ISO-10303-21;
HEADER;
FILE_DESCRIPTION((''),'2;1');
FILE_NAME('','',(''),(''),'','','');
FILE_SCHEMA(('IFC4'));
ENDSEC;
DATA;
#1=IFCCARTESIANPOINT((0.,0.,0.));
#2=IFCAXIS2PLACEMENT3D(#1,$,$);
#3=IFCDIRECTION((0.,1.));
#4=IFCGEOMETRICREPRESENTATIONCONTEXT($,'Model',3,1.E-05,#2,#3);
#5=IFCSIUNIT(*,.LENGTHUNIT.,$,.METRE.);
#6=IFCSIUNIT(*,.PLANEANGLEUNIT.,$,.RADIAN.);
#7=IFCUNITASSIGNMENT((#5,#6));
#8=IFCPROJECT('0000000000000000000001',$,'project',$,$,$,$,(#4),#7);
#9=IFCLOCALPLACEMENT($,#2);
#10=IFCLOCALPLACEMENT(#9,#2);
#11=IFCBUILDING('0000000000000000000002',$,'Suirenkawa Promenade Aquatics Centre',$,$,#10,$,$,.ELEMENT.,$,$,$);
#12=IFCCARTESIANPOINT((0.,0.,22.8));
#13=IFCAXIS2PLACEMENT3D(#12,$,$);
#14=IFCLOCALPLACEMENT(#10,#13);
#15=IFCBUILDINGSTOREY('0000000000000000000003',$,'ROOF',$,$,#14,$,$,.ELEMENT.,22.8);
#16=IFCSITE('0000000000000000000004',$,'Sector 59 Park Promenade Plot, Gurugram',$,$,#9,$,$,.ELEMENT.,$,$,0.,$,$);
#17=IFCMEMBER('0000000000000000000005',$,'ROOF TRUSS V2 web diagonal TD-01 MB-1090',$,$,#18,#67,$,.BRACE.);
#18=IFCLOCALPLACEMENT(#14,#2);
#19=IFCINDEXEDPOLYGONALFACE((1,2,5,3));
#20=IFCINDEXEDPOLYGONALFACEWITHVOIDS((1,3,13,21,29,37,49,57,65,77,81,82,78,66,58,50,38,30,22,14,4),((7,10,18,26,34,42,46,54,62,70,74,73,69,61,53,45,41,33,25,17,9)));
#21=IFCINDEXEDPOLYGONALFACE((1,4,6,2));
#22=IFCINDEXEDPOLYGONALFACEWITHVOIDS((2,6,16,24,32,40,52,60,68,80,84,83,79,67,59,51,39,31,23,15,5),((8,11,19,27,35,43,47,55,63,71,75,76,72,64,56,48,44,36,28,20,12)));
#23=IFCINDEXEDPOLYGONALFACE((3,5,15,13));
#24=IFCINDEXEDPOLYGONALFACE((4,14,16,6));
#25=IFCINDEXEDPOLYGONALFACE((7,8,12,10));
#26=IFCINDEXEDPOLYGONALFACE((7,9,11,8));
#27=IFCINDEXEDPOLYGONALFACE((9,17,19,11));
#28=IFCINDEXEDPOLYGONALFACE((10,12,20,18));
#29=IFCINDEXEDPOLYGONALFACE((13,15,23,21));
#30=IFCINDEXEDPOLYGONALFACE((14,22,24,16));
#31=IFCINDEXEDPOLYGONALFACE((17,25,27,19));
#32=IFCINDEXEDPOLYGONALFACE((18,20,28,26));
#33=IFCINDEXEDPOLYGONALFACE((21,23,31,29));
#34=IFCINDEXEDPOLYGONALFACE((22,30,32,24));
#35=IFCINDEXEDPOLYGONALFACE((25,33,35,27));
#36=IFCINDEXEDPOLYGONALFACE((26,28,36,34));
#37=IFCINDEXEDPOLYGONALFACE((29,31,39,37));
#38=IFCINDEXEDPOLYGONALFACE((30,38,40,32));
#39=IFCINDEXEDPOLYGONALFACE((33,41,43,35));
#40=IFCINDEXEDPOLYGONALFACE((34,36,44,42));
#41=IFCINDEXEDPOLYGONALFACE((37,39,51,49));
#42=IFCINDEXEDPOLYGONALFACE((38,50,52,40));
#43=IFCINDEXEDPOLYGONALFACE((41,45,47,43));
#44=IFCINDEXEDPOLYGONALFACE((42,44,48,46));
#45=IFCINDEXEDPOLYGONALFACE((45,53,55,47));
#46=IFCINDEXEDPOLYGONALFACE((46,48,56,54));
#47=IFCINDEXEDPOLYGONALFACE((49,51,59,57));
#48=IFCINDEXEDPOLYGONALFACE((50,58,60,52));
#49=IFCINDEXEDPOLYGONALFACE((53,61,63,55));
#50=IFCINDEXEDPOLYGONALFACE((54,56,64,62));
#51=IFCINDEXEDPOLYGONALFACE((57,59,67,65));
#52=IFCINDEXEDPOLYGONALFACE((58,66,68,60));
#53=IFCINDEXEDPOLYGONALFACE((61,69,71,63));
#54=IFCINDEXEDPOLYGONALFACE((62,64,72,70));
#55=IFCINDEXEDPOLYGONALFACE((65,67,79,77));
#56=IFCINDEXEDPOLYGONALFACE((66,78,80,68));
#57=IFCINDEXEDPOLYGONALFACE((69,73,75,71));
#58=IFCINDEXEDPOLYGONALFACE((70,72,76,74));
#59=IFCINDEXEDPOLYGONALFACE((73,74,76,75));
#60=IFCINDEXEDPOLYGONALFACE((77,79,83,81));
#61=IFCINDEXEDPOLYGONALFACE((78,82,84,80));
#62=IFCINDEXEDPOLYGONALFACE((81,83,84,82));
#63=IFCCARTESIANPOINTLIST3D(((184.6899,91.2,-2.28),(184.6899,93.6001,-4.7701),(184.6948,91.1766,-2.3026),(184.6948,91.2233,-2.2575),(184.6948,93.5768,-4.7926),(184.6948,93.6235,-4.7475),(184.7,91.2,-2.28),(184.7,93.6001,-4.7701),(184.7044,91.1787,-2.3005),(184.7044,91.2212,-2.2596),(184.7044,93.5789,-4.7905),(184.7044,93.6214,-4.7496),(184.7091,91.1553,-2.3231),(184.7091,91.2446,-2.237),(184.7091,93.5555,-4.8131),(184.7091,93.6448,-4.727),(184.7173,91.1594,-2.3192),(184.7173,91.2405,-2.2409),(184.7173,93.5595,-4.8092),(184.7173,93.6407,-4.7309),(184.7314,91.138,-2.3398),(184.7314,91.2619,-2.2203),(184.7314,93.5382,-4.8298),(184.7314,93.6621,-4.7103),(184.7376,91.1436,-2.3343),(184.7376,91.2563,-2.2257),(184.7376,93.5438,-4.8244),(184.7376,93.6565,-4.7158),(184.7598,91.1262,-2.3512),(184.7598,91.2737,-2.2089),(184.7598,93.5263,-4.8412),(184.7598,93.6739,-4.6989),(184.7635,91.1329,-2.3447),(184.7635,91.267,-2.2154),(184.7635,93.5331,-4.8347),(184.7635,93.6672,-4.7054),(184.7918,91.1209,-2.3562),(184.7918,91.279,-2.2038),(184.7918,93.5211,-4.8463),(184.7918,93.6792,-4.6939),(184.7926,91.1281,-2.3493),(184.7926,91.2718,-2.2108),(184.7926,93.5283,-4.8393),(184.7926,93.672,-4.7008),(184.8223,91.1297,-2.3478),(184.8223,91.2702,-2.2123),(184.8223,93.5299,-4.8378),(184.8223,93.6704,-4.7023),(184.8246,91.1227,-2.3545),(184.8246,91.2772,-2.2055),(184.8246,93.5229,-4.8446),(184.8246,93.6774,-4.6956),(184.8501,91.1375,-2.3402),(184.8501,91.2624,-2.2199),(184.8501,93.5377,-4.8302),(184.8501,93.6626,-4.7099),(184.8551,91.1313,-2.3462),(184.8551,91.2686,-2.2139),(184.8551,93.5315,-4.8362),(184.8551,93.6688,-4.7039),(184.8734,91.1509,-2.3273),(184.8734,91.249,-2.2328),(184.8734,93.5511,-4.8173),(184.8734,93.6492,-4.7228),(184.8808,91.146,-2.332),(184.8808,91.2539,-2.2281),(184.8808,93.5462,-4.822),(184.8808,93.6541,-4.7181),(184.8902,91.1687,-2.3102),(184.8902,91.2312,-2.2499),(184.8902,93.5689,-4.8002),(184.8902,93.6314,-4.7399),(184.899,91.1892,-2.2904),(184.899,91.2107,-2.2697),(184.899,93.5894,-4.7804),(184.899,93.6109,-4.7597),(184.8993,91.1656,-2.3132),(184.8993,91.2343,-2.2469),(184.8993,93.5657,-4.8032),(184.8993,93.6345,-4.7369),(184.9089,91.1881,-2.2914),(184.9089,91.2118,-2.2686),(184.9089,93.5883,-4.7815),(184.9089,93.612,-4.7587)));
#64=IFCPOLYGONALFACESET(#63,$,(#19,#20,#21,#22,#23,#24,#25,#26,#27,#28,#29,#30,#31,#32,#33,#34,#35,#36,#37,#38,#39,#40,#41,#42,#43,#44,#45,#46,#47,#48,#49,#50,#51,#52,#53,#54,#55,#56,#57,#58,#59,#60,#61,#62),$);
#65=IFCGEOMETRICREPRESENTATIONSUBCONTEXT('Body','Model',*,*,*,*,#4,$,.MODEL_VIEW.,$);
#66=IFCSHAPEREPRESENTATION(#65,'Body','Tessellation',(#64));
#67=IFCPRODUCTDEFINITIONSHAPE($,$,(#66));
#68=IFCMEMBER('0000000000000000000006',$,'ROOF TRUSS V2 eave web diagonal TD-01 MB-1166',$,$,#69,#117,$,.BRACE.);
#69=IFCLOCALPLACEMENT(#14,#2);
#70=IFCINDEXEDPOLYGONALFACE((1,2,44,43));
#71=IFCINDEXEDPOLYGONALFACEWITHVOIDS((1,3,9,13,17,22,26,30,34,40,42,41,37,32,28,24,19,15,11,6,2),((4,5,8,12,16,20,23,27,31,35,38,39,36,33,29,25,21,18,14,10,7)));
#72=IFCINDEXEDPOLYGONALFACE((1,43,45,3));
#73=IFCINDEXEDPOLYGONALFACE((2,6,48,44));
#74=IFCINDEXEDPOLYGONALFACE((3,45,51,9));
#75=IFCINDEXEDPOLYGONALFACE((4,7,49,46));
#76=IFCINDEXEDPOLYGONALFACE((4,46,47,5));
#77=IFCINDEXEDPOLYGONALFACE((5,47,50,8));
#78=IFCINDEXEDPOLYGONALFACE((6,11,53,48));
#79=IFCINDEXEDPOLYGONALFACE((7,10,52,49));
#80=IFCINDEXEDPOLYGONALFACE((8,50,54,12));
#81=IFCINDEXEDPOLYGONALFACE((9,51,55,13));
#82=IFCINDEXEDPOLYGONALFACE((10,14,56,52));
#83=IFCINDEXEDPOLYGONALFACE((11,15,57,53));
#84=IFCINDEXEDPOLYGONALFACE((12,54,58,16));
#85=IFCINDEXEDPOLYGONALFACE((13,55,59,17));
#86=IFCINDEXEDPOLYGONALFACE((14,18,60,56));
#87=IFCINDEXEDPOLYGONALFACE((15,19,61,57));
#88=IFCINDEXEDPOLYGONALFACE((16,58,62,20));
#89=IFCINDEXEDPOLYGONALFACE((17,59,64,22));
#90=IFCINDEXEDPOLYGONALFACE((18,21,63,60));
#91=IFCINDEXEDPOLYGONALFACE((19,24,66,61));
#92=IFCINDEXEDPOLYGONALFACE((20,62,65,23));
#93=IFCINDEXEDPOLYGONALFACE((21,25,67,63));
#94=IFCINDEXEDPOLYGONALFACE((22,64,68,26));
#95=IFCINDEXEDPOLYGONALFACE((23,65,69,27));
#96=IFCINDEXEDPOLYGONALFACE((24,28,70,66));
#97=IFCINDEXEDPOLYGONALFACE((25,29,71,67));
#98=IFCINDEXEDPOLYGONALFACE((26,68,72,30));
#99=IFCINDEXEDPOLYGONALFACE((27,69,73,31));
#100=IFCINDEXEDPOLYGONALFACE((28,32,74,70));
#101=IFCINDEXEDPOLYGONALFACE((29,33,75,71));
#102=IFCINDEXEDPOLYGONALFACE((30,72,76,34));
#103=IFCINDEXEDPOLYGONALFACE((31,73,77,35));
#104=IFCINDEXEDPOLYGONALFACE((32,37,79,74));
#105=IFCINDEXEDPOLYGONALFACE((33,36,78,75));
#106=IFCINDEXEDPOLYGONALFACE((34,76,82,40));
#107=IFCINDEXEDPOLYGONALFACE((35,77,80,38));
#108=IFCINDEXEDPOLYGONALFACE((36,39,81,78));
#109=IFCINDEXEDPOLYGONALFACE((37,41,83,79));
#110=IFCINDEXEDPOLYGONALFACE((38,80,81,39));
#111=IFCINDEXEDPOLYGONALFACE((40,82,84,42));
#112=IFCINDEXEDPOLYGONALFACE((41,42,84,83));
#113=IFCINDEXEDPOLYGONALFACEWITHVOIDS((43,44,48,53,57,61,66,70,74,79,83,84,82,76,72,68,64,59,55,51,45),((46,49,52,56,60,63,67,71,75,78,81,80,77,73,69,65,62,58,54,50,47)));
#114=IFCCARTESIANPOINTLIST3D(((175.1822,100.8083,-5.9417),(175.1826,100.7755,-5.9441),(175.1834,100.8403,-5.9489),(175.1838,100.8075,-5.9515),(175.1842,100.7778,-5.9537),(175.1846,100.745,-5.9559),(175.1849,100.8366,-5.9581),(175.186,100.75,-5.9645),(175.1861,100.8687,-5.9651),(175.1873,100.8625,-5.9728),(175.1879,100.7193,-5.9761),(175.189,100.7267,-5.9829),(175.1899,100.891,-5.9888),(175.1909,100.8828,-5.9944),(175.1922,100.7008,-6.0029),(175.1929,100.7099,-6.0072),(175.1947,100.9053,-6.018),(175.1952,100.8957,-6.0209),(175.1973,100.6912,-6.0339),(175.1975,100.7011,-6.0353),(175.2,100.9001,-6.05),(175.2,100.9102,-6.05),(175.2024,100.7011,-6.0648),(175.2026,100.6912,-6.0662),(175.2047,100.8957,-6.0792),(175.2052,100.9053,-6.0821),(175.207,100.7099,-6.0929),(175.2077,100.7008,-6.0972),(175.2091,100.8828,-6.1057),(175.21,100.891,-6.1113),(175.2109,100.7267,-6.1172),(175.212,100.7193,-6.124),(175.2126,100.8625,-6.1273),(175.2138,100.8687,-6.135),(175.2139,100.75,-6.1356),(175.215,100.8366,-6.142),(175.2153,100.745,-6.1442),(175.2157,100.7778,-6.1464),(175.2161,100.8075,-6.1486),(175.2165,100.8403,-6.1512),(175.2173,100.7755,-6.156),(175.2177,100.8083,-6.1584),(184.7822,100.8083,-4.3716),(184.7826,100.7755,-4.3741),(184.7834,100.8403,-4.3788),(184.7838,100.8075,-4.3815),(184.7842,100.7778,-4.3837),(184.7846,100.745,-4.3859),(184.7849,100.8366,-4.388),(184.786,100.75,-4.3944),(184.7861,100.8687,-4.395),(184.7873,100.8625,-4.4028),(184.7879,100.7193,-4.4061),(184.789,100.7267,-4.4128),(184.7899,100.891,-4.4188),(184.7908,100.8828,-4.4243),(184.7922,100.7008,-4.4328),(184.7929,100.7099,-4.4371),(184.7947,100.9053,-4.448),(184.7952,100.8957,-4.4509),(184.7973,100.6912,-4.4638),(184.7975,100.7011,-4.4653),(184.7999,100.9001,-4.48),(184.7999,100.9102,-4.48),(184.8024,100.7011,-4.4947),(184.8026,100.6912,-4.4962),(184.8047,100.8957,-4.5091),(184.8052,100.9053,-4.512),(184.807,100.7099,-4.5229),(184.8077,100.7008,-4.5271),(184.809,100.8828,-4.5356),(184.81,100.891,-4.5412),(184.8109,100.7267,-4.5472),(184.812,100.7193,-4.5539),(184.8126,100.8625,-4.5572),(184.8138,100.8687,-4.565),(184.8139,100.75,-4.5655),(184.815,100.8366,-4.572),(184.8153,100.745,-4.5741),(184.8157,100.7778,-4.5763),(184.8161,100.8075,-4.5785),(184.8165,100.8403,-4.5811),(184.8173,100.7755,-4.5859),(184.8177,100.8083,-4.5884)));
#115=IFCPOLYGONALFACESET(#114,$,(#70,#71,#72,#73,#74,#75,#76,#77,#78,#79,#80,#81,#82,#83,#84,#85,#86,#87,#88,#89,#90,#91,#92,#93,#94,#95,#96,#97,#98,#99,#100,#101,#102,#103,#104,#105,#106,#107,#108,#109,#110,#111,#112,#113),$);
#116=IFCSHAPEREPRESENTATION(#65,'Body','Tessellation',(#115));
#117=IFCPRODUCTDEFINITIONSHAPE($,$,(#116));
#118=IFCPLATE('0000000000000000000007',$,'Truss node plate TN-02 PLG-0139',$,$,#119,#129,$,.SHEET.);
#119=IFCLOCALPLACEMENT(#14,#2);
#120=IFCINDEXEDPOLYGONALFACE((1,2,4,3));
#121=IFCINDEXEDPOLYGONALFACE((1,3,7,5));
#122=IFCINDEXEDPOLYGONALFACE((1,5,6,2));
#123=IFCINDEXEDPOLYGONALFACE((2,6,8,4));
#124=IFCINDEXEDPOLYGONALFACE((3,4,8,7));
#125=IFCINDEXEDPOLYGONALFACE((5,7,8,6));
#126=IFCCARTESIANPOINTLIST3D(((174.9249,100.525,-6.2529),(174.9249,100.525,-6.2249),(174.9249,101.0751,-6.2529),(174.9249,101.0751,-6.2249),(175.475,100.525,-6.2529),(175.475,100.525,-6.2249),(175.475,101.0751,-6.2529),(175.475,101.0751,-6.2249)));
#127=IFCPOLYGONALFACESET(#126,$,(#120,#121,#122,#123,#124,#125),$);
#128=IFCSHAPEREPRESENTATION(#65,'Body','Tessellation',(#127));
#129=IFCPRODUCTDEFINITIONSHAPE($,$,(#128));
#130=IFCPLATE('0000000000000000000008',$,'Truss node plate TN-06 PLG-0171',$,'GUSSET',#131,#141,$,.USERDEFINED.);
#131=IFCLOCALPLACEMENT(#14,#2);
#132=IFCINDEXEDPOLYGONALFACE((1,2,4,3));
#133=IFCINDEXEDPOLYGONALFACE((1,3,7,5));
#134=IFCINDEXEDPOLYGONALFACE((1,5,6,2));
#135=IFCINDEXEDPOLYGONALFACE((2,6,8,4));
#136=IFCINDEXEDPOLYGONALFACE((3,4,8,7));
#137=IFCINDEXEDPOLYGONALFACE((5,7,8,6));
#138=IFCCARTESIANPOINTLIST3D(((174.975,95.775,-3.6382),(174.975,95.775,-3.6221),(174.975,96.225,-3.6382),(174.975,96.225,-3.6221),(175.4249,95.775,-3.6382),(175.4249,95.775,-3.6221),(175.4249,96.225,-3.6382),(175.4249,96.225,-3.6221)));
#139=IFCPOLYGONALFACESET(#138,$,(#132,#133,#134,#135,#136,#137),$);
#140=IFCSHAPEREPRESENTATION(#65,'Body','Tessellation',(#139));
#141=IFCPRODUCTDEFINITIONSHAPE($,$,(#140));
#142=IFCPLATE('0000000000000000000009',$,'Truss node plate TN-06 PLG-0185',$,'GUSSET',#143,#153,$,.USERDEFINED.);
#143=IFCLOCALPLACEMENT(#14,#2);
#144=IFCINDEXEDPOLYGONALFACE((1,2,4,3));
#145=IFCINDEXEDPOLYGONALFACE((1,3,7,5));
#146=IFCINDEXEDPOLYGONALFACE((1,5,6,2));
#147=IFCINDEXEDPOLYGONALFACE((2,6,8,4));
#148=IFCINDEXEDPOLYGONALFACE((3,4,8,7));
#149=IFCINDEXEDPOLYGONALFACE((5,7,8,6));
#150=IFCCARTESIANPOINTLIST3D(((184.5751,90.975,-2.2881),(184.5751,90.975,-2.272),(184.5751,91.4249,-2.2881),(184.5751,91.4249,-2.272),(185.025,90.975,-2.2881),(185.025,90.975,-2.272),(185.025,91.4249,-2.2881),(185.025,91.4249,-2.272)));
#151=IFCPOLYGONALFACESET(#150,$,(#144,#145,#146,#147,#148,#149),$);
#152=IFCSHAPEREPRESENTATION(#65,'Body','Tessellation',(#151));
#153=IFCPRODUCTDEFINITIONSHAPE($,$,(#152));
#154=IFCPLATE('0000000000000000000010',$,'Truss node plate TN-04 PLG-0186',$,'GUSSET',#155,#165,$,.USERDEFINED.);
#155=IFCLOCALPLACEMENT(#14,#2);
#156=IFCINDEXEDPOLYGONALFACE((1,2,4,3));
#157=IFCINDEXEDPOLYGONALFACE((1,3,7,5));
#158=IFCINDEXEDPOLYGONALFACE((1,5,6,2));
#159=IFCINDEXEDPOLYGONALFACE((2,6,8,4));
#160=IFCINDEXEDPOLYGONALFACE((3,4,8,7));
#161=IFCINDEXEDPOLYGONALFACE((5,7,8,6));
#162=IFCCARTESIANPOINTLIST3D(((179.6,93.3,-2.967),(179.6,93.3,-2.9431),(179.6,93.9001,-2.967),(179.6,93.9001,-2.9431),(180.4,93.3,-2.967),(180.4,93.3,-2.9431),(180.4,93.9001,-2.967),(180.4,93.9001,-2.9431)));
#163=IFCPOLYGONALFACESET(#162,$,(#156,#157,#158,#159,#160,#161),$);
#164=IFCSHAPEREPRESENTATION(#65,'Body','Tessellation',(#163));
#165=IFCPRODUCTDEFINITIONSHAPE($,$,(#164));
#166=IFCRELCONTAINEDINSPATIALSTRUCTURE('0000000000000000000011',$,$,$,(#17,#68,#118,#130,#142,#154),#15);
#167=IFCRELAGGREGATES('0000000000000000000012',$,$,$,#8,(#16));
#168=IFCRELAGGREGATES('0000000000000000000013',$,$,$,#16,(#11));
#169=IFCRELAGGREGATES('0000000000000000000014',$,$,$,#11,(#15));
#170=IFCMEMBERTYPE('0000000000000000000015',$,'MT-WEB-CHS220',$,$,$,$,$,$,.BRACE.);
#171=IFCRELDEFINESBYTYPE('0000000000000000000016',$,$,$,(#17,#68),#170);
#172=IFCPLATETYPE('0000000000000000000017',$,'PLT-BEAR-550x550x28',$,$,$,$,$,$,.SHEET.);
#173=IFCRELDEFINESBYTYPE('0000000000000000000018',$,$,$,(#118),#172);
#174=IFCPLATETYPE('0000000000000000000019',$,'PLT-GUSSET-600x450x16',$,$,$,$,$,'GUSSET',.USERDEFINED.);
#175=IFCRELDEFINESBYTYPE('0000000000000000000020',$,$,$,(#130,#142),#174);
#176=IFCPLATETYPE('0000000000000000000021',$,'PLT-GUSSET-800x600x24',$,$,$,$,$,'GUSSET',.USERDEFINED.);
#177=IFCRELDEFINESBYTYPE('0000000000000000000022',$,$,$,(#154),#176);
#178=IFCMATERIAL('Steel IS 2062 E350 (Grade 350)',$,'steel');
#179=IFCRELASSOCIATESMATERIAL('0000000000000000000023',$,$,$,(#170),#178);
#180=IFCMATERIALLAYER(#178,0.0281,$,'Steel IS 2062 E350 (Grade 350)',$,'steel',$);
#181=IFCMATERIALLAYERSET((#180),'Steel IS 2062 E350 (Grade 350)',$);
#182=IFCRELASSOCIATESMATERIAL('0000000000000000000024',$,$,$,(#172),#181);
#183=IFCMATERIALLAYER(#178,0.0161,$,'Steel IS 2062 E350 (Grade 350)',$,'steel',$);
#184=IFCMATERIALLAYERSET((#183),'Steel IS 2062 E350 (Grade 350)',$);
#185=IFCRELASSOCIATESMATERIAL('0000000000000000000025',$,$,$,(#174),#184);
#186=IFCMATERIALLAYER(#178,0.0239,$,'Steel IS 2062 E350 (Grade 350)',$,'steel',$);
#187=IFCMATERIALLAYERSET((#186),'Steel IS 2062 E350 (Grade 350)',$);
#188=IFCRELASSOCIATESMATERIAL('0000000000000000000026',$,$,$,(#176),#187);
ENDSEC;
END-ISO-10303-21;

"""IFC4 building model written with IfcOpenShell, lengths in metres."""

from ifc_helpers import new_model, si_unit, direction, frame, origin, origin_2d, place, context, subcontext, project, spatial, rectangle, hollow_circle, extrude, material, layer, layer_set, material_profile, profile_set, type_object, element, save


model = new_model("IFC4")

# Units and contexts
model_context = context("Model", 3, precision=1e-05, world=origin(), true_north=direction((0.0, 1.0)))
body_context = subcontext(model_context, "Body", "Model", "MODEL_VIEW")
ifc_project = project(units=[si_unit("LENGTHUNIT", "METRE"), si_unit("PLANEANGLEUNIT", "RADIAN")], contexts=[model_context])

# Site, building, storey
site_placement = place(None, origin())
site = spatial("IfcSite", under=ifc_project, at=site_placement, Name="Sector 59 Park Promenade Plot, Gurugram", CompositionType="ELEMENT", RefElevation=0.0)
building_placement = place(site_placement, origin())
building = spatial("IfcBuilding", under=site, at=building_placement, Name="Suirenkawa Promenade Aquatics Centre", CompositionType="ELEMENT")
storey_placement = place(building_placement, frame((0.0, 0.0, 22.8)))
storey = spatial("IfcBuildingStorey", under=building, at=storey_placement, Name="ROOF", CompositionType="ELEMENT", Elevation=22.8)

# Shared definitions
ifc_material = material(Name="Steel IS 2062 E350 (Grade 350)", Category="steel")

# Members
ifc_material_profile_1 = material_profile(ifc_material, hollow_circle(Radius=0.1101, WallThickness=0.01, at=origin_2d()), Name="CHS 220x10", Category="steel")
ifc_profile_set_1 = profile_set([ifc_material_profile_1], Name="Steel IS 2062 E350 (Grade 350)")
member_type_1 = type_object("IfcMemberType", Name="MT-WEB-CHS220", PredefinedType="BRACE", material=ifc_profile_set_1)
member_1_placement = place(storey_placement, frame((184.8, 91.2, -2.28), z_axis=(0.0, 0.693998, -0.719977), x_axis=(-1.0, 0.0, 0.0)))
element("IfcMember", 1, at=member_1_placement, inside=storey, type_object=member_type_1, Name="ROOF TRUSS V2 web diagonal TD-01 MB-1090", PredefinedType="BRACE", context=body_context, shape_type="SweptSolid", body=[
    extrude(hollow_circle(Radius=0.1101, WallThickness=0.01, at=origin_2d()), origin(), (0.0, 0.0, 1.0), 3.4585),
])
member_2_placement = place(storey_placement, frame((175.2, 100.8, -6.05), z_axis=(0.986889, 0.0, 0.161403), x_axis=(0.0, 1.0, 0.0)))
element("IfcMember", 2, at=member_2_placement, inside=storey, type_object=member_type_1, Name="ROOF TRUSS V2 eave web diagonal TD-01 MB-1166", PredefinedType="BRACE", context=body_context, shape_type="SweptSolid", body=[
    extrude(hollow_circle(Radius=0.1101, WallThickness=0.01, at=origin_2d()), origin(), (0.0, 0.0, 1.0), 9.7275),
])

# Plates
ifc_layer_1 = layer(ifc_material, 0.0281, Name="Steel IS 2062 E350 (Grade 350)", Category="steel")
ifc_layer_set_1 = layer_set([ifc_layer_1], Name="Steel IS 2062 E350 (Grade 350)")
plate_type_1 = type_object("IfcPlateType", Name="PLT-BEAR-550x550x28", PredefinedType="SHEET", material=ifc_layer_set_1)
plate_1_placement = place(storey_placement, frame((175.2, 100.8, -6.2529), z_axis=(0.0, 0.0, 1.0), x_axis=(1.0, 0.0, 0.0)))
element("IfcPlate", 3, at=plate_1_placement, inside=storey, type_object=plate_type_1, Name="Truss node plate TN-02 PLG-0139", PredefinedType="SHEET", context=body_context, shape_type="SweptSolid", body=[
    extrude(rectangle(XDim=0.55, YDim=0.55, at=origin_2d()), origin(), (0.0, 0.0, 1.0), 0.0281),
])
ifc_layer_2 = layer(ifc_material, 0.0161, Name="Steel IS 2062 E350 (Grade 350)", Category="steel")
ifc_layer_set_2 = layer_set([ifc_layer_2], Name="Steel IS 2062 E350 (Grade 350)")
plate_type_2 = type_object("IfcPlateType", Name="PLT-GUSSET-600x450x16", ElementType="GUSSET", PredefinedType="USERDEFINED", material=ifc_layer_set_2)
for number, where, z_axis, x_axis, name in (
    (4, (175.2, 96.0, -3.6382), (0.0, 0.0, 1.0), (1.0, 0.0, 0.0), "Truss node plate TN-06 PLG-0171"),
    (5, (184.8, 91.2, -2.2881), (0.0, 0.0, 1.0), (1.0, 0.0, 0.0), "Truss node plate TN-06 PLG-0185"),
):
    element("IfcPlate", number, at=place(storey_placement, frame(where, z_axis=z_axis, x_axis=x_axis)), inside=storey, type_object=plate_type_2, Name=name, ObjectType="GUSSET", PredefinedType="USERDEFINED", context=body_context, shape_type="SweptSolid", body=[
        extrude(rectangle(XDim=0.45, YDim=0.45, at=origin_2d()), origin(), (0.0, 0.0, 1.0), 0.0161),
    ])
ifc_layer_3 = layer(ifc_material, 0.0239, Name="Steel IS 2062 E350 (Grade 350)", Category="steel")
ifc_layer_set_3 = layer_set([ifc_layer_3], Name="Steel IS 2062 E350 (Grade 350)")
plate_type_3 = type_object("IfcPlateType", Name="PLT-GUSSET-800x600x24", ElementType="GUSSET", PredefinedType="USERDEFINED", material=ifc_layer_set_3)
plate_2_placement = place(storey_placement, frame((180.0, 93.6001, -2.967), z_axis=(0.0, 0.0, 1.0), x_axis=(1.0, 0.0, 0.0)))
element("IfcPlate", 6, at=plate_2_placement, inside=storey, type_object=plate_type_3, Name="Truss node plate TN-04 PLG-0186", ObjectType="GUSSET", PredefinedType="USERDEFINED", context=body_context, shape_type="SweptSolid", body=[
    extrude(rectangle(XDim=0.8, YDim=0.6001, at=origin_2d()), origin(), (0.0, 0.0, 1.0), 0.0239),
])

save(model, "model.ifc")
